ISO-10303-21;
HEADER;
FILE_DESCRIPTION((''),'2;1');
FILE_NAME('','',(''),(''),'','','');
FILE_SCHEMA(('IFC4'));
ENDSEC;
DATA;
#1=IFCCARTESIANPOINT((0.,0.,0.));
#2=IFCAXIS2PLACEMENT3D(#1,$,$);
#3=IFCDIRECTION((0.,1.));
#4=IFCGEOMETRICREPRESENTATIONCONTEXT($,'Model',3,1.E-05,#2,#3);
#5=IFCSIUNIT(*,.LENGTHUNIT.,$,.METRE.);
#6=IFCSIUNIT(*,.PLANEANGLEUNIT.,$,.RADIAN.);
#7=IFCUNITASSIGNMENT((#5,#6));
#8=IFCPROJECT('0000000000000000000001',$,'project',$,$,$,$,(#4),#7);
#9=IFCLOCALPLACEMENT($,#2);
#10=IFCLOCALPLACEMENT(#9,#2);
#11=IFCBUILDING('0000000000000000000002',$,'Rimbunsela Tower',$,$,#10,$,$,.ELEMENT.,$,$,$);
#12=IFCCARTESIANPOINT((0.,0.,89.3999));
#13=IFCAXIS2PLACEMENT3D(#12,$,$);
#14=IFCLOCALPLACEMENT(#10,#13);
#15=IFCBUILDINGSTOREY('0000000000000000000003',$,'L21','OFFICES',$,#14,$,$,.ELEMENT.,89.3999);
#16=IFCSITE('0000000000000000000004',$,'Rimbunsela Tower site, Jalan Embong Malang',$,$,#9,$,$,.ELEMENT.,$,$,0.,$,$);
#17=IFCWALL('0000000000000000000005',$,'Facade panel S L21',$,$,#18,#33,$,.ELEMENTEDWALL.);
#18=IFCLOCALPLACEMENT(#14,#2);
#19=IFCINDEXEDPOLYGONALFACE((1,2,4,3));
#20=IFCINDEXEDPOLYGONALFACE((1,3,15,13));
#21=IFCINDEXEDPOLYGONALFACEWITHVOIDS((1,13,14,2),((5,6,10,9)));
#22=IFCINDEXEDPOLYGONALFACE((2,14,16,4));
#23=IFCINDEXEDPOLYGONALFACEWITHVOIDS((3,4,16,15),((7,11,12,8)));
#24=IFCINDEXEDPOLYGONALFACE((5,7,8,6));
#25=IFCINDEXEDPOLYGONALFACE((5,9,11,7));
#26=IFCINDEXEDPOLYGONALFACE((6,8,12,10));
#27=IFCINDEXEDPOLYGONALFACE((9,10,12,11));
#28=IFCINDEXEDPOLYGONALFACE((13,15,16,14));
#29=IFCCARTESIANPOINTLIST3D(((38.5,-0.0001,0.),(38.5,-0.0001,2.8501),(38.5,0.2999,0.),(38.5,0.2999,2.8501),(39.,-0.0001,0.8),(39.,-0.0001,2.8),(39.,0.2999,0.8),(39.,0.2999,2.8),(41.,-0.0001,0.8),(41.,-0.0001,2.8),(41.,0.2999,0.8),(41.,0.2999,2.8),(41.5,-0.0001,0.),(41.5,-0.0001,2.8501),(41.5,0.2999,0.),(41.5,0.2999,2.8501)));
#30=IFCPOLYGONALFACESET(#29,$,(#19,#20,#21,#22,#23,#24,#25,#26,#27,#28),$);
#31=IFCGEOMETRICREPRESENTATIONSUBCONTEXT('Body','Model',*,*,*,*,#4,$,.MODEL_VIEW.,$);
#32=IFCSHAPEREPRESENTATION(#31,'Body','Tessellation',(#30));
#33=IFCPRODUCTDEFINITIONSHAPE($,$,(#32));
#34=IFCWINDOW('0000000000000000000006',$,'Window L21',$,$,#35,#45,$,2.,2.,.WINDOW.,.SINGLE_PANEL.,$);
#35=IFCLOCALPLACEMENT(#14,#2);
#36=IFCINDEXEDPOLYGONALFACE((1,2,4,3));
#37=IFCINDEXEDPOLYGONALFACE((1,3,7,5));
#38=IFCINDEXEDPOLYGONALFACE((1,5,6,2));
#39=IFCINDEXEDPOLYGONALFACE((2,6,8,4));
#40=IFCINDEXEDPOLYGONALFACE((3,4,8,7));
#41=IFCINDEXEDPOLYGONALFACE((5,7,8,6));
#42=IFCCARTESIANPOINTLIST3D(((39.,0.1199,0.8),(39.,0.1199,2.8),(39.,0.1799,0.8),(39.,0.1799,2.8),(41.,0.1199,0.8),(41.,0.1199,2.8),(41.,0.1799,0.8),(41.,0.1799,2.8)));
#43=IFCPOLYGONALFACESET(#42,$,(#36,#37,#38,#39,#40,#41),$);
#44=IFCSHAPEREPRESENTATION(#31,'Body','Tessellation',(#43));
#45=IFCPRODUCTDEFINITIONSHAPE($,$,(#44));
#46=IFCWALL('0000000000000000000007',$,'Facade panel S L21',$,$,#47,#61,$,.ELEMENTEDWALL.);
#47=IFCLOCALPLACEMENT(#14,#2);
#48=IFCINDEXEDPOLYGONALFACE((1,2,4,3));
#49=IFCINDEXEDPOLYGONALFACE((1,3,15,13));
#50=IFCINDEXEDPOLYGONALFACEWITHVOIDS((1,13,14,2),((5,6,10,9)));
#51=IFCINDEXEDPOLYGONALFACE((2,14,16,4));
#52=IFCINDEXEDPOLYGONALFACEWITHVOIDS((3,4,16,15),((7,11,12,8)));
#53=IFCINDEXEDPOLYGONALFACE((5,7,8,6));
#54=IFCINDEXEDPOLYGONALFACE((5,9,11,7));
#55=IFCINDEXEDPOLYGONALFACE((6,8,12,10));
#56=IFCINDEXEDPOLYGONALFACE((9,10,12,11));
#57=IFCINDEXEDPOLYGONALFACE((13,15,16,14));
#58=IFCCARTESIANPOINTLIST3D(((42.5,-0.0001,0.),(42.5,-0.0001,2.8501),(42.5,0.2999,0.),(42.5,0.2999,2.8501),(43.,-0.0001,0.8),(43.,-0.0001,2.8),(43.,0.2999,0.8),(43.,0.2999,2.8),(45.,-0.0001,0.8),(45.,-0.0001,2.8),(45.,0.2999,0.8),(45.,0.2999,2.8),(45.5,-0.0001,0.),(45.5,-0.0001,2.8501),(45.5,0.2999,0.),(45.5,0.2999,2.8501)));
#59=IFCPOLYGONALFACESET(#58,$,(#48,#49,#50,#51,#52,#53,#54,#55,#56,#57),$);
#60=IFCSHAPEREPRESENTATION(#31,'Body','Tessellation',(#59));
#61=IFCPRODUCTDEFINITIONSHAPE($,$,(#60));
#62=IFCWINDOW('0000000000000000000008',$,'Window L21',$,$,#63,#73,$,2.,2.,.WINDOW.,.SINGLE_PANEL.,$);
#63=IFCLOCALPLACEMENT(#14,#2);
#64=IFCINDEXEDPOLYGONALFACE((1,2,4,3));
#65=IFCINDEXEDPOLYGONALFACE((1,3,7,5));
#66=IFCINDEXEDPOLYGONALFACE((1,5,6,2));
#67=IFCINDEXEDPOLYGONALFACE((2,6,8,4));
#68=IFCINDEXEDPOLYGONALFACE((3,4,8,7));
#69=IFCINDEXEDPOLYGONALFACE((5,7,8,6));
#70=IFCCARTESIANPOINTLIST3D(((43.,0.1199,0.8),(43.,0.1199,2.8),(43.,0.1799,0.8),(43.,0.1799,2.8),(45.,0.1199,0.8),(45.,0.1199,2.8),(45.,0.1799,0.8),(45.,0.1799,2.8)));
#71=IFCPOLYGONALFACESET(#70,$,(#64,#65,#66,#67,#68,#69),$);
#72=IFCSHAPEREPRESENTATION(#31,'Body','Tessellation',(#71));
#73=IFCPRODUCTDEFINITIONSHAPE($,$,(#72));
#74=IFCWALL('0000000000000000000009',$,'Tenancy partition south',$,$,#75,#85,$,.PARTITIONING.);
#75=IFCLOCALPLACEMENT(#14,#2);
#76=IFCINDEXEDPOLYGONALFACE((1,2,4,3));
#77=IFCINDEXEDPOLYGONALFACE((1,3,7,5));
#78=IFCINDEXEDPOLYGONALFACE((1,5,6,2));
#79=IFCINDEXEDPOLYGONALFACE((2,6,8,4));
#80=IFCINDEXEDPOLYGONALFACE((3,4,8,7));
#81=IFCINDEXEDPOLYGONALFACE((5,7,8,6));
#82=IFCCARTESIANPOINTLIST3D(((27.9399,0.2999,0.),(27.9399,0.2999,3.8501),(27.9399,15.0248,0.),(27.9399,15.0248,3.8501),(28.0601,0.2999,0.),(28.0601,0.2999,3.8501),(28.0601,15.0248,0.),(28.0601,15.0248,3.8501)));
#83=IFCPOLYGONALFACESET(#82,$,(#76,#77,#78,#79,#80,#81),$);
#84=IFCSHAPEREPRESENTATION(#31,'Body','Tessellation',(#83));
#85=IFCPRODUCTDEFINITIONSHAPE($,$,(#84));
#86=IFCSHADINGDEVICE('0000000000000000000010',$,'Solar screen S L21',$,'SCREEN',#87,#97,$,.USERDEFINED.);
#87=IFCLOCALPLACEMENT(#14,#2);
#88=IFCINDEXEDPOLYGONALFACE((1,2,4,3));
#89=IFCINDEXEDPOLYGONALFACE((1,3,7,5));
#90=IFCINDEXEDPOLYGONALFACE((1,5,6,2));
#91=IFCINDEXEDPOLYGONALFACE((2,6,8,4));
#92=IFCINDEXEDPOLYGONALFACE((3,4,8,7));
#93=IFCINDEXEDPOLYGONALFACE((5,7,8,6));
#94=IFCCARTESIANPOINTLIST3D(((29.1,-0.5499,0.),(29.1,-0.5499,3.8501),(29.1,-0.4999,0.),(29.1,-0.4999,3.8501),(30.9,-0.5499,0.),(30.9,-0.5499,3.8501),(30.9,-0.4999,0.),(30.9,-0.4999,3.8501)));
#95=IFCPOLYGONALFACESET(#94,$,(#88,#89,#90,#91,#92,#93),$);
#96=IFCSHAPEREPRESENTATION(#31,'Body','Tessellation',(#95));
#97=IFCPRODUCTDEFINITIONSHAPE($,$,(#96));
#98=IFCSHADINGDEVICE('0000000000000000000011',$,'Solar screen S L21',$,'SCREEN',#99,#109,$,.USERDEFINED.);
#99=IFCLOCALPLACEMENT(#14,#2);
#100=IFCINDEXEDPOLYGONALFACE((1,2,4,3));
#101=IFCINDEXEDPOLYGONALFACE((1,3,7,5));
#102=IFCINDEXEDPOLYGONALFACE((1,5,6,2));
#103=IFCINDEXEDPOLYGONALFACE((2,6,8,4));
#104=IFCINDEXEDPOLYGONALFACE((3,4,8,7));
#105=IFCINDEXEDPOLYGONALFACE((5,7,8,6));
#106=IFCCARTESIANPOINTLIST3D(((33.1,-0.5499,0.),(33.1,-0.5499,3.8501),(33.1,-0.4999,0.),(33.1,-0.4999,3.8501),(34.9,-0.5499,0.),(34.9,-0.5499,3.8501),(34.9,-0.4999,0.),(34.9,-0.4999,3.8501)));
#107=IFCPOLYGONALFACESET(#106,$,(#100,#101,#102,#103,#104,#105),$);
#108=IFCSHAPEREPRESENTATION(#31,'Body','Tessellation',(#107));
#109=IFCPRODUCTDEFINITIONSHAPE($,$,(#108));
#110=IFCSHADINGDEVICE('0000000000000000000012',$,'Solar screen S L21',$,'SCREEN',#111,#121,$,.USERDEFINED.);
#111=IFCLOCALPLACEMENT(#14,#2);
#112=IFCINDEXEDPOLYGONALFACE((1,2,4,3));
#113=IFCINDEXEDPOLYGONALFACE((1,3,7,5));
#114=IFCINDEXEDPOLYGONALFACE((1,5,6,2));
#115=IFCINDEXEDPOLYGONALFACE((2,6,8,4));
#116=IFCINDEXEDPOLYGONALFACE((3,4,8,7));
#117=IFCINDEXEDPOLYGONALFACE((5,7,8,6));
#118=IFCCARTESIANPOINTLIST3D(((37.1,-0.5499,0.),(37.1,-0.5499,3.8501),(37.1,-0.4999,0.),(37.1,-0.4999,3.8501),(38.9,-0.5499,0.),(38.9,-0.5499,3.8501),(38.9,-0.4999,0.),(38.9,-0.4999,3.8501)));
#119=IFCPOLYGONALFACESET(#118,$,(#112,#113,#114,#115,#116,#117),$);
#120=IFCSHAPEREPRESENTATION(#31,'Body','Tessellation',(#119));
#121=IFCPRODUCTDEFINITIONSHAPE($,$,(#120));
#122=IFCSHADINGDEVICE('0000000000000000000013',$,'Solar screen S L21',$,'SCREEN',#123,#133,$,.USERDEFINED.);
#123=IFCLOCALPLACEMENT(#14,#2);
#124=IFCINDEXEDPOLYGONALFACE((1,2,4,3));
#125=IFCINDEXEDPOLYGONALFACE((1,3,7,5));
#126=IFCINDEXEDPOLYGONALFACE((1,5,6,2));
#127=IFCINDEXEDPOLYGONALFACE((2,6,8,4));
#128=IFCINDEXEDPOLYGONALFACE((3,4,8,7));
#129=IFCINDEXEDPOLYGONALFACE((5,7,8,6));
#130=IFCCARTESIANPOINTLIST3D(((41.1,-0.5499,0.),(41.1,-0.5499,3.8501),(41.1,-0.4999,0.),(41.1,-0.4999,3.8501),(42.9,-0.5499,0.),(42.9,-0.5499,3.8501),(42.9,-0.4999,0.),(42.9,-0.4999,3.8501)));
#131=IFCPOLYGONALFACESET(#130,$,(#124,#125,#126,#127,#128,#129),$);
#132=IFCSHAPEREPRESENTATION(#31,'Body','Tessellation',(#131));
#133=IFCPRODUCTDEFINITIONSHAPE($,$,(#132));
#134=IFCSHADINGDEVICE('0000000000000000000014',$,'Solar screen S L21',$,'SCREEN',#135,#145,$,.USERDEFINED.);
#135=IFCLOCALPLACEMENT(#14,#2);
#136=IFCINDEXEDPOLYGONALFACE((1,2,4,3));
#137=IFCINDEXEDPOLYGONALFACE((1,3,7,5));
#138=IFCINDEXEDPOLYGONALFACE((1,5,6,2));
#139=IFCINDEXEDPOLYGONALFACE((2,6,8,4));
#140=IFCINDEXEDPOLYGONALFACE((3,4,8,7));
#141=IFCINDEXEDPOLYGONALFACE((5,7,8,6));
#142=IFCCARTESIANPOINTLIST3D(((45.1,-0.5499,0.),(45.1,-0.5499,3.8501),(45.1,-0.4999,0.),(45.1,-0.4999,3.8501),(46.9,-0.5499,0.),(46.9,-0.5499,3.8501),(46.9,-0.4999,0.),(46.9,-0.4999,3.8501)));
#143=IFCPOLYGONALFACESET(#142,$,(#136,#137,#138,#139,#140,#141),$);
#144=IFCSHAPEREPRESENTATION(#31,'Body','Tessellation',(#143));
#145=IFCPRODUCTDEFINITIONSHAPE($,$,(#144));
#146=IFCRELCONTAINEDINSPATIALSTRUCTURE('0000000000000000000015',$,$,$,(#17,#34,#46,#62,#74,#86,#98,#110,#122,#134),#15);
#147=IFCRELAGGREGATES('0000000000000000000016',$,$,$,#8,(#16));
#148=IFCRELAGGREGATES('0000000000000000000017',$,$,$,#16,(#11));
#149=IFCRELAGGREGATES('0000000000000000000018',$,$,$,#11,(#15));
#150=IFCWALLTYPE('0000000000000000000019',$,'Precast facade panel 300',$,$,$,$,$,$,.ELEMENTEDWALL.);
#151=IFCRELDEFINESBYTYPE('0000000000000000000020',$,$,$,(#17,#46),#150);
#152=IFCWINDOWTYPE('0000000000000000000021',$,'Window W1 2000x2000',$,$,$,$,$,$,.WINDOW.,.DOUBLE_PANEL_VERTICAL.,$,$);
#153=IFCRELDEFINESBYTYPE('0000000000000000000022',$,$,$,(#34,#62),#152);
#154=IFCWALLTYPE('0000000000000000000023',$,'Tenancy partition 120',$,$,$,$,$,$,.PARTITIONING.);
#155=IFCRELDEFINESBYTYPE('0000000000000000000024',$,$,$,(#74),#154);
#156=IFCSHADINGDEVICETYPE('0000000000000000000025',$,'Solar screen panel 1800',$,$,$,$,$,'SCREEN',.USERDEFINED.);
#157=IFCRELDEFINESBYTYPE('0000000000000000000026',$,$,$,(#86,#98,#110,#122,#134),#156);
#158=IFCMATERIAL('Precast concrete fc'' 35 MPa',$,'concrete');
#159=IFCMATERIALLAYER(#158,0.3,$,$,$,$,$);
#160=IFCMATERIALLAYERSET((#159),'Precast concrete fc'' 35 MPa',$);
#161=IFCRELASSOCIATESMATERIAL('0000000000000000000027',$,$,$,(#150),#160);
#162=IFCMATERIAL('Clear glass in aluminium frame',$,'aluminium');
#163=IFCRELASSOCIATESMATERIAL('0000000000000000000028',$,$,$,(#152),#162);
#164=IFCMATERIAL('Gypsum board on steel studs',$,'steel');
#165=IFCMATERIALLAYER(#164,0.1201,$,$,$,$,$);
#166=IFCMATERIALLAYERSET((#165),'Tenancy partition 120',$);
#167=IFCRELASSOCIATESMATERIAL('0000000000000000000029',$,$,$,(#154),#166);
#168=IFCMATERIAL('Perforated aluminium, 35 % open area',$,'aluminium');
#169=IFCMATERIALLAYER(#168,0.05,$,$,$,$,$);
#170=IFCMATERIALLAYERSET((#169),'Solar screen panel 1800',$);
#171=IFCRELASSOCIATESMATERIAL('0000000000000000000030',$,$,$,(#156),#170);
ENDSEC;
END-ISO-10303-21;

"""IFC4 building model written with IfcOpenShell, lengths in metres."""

from ifc_helpers import new_model, si_unit, direction, frame, frame_2d, origin, origin_2d, place, context, subcontext, project, spatial, rectangle, extrude, material, layer, layer_set, type_object, element, fill, save


model = new_model("IFC4")

# Units and contexts
model_context = context("Model", 3, precision=1e-05, world=origin(), true_north=direction((0.0, 1.0)))
body_context = subcontext(model_context, "Body", "Model", "MODEL_VIEW")
ifc_project = project(units=[si_unit("LENGTHUNIT", "METRE"), si_unit("PLANEANGLEUNIT", "RADIAN")], contexts=[model_context])

# Site, building, storey
site_placement = place(None, origin())
site = spatial("IfcSite", under=ifc_project, at=site_placement, Name="Rimbunsela Tower site, Jalan Embong Malang", CompositionType="ELEMENT", RefElevation=0.0)
building_placement = place(site_placement, origin())
building = spatial("IfcBuilding", under=site, at=building_placement, Name="Rimbunsela Tower", CompositionType="ELEMENT")
storey_placement = place(building_placement, frame((0.0, 0.0, 89.3999)))
storey = spatial("IfcBuildingStorey", under=building, at=storey_placement, Name="L21", Description="OFFICES", CompositionType="ELEMENT", Elevation=89.3999)

# Shared definitions
ifc_material_1 = material(Name="Precast concrete fc' 35 MPa", Category="concrete")
ifc_layer_1 = layer(ifc_material_1, 0.3)
ifc_layer_set_1 = layer_set([ifc_layer_1], Name="Precast concrete fc' 35 MPa")
wall_type_1 = type_object("IfcWallType", Name="Precast facade panel 300", PredefinedType="ELEMENTEDWALL", material=ifc_layer_set_1)

# Walls, openings, windows
ifc_material_2 = material(Name="Clear glass in aluminium frame", Category="aluminium")
window_type_1 = type_object("IfcWindowType", Name="Window W1 2000x2000", PartitioningType="DOUBLE_PANEL_VERTICAL", PredefinedType="WINDOW", material=ifc_material_2)
wall_1_placement = place(storey_placement, frame((38.5, 0.1499, 0.0), z_axis=(0.0, 0.0, 1.0), x_axis=(1.0, 0.0, 0.0)))
wall_1 = element("IfcWall", 1, at=wall_1_placement, inside=storey, type_object=wall_type_1, Name="Facade panel S L21", PredefinedType="ELEMENTEDWALL", context=body_context, shape_type="SweptSolid", body=[
    extrude(rectangle(XDim=3.0, YDim=0.3, at=frame_2d((1.5, 0.0))), origin(), (0.0, 0.0, 1.0), 2.8501),
])
opening_1_placement = place(wall_1_placement, frame((0.5, 0.0, 0.8)))
opening_1 = element("IfcOpeningElement", 2, at=opening_1_placement, cuts=wall_1, PredefinedType="OPENING", context=body_context, shape_type="SweptSolid", body=[
    extrude(rectangle(XDim=2.0, YDim=2.0, at=frame_2d((1.0, 1.0))), frame((0.0, 0.1599, 0.0), z_axis=(0.0, -1.0, 0.0), x_axis=(1.0, 0.0, 0.0)), (0.0, 0.0, 1.0), 0.3201),
])
window_1_placement = place(opening_1_placement, origin())
window_1 = element("IfcWindow", 3, at=window_1_placement, inside=storey, type_object=window_type_1, Name="Window L21", OverallHeight=2.0, OverallWidth=2.0, PartitioningType="SINGLE_PANEL", PredefinedType="WINDOW", context=body_context, shape_type="SweptSolid", body=[
    extrude(rectangle(XDim=2.0, YDim=2.0, at=frame_2d((1.0, 1.0))), frame((0.0, 0.03, 0.0), z_axis=(0.0, -1.0, 0.0), x_axis=(1.0, 0.0, 0.0)), (0.0, 0.0, 1.0), 0.0601),
])
fill(opening_1, window_1)
wall_2_placement = place(storey_placement, frame((42.5, 0.1499, 0.0), z_axis=(0.0, 0.0, 1.0), x_axis=(1.0, 0.0, 0.0)))
wall_2 = element("IfcWall", 4, at=wall_2_placement, inside=storey, type_object=wall_type_1, Name="Facade panel S L21", PredefinedType="ELEMENTEDWALL", context=body_context, shape_type="SweptSolid", body=[
    extrude(rectangle(XDim=3.0, YDim=0.3, at=frame_2d((1.5, 0.0))), origin(), (0.0, 0.0, 1.0), 2.8501),
])
opening_2_placement = place(wall_2_placement, frame((0.5, 0.0, 0.8)))
opening_2 = element("IfcOpeningElement", 5, at=opening_2_placement, cuts=wall_2, PredefinedType="OPENING", context=body_context, shape_type="SweptSolid", body=[
    extrude(rectangle(XDim=2.0, YDim=2.0, at=frame_2d((1.0, 1.0))), frame((0.0, 0.1599, 0.0), z_axis=(0.0, -1.0, 0.0), x_axis=(1.0, 0.0, 0.0)), (0.0, 0.0, 1.0), 0.3201),
])
window_2_placement = place(opening_2_placement, origin())
window_2 = element("IfcWindow", 6, at=window_2_placement, inside=storey, type_object=window_type_1, Name="Window L21", OverallHeight=2.0, OverallWidth=2.0, PartitioningType="SINGLE_PANEL", PredefinedType="WINDOW", context=body_context, shape_type="SweptSolid", body=[
    extrude(rectangle(XDim=2.0, YDim=2.0, at=frame_2d((1.0, 1.0))), frame((0.0, 0.03, 0.0), z_axis=(0.0, -1.0, 0.0), x_axis=(1.0, 0.0, 0.0)), (0.0, 0.0, 1.0), 0.0601),
])
fill(opening_2, window_2)

# Wall
ifc_material_3 = material(Name="Gypsum board on steel studs", Category="steel")
ifc_layer_2 = layer(ifc_material_3, 0.1201)
ifc_layer_set_2 = layer_set([ifc_layer_2], Name="Tenancy partition 120")
wall_type_2 = type_object("IfcWallType", Name="Tenancy partition 120", PredefinedType="PARTITIONING", material=ifc_layer_set_2)
wall_3_placement = place(storey_placement, frame((28.0, 0.3, 0.0), z_axis=(0.0, 0.0, 1.0), x_axis=(0.0, 1.0, 0.0)))
element("IfcWall", 7, at=wall_3_placement, inside=storey, type_object=wall_type_2, Name="Tenancy partition south", PredefinedType="PARTITIONING", context=body_context, shape_type="SweptSolid", body=[
    extrude(rectangle(XDim=14.7249, YDim=0.1201, at=frame_2d((7.3623, 0.0))), origin(), (0.0, 0.0, 1.0), 3.8501),
])

# Shading devices
ifc_material_4 = material(Name="Perforated aluminium, 35 % open area", Category="aluminium")
ifc_layer_3 = layer(ifc_material_4, 0.05)
ifc_layer_set_3 = layer_set([ifc_layer_3], Name="Solar screen panel 1800")
shading_device_type = type_object("IfcShadingDeviceType", Name="Solar screen panel 1800", ElementType="SCREEN", PredefinedType="USERDEFINED", material=ifc_layer_set_3)
for number, where, z_axis, x_axis, name in (
    (8, (30.0, -0.5249, 0.0), (0.0, 0.0, 1.0), (1.0, 0.0, 0.0), "Solar screen S L21"),
    (9, (34.0, -0.5249, 0.0), (0.0, 0.0, 1.0), (1.0, 0.0, 0.0), "Solar screen S L21"),
    (10, (38.0, -0.5249, 0.0), (0.0, 0.0, 1.0), (1.0, 0.0, 0.0), "Solar screen S L21"),
    (11, (42.0, -0.5249, 0.0), (0.0, 0.0, 1.0), (1.0, 0.0, 0.0), "Solar screen S L21"),
    (12, (46.0, -0.5249, 0.0), (0.0, 0.0, 1.0), (1.0, 0.0, 0.0), "Solar screen S L21"),
):
    element("IfcShadingDevice", number, at=place(storey_placement, frame(where, z_axis=z_axis, x_axis=x_axis)), inside=storey, type_object=shading_device_type, Name=name, ObjectType="SCREEN", PredefinedType="USERDEFINED", context=body_context, shape_type="SweptSolid", body=[
        extrude(rectangle(XDim=1.8, YDim=0.05, at=origin_2d()), origin(), (0.0, 0.0, 1.0), 3.8501),
    ])

save(model, "model.ifc")
